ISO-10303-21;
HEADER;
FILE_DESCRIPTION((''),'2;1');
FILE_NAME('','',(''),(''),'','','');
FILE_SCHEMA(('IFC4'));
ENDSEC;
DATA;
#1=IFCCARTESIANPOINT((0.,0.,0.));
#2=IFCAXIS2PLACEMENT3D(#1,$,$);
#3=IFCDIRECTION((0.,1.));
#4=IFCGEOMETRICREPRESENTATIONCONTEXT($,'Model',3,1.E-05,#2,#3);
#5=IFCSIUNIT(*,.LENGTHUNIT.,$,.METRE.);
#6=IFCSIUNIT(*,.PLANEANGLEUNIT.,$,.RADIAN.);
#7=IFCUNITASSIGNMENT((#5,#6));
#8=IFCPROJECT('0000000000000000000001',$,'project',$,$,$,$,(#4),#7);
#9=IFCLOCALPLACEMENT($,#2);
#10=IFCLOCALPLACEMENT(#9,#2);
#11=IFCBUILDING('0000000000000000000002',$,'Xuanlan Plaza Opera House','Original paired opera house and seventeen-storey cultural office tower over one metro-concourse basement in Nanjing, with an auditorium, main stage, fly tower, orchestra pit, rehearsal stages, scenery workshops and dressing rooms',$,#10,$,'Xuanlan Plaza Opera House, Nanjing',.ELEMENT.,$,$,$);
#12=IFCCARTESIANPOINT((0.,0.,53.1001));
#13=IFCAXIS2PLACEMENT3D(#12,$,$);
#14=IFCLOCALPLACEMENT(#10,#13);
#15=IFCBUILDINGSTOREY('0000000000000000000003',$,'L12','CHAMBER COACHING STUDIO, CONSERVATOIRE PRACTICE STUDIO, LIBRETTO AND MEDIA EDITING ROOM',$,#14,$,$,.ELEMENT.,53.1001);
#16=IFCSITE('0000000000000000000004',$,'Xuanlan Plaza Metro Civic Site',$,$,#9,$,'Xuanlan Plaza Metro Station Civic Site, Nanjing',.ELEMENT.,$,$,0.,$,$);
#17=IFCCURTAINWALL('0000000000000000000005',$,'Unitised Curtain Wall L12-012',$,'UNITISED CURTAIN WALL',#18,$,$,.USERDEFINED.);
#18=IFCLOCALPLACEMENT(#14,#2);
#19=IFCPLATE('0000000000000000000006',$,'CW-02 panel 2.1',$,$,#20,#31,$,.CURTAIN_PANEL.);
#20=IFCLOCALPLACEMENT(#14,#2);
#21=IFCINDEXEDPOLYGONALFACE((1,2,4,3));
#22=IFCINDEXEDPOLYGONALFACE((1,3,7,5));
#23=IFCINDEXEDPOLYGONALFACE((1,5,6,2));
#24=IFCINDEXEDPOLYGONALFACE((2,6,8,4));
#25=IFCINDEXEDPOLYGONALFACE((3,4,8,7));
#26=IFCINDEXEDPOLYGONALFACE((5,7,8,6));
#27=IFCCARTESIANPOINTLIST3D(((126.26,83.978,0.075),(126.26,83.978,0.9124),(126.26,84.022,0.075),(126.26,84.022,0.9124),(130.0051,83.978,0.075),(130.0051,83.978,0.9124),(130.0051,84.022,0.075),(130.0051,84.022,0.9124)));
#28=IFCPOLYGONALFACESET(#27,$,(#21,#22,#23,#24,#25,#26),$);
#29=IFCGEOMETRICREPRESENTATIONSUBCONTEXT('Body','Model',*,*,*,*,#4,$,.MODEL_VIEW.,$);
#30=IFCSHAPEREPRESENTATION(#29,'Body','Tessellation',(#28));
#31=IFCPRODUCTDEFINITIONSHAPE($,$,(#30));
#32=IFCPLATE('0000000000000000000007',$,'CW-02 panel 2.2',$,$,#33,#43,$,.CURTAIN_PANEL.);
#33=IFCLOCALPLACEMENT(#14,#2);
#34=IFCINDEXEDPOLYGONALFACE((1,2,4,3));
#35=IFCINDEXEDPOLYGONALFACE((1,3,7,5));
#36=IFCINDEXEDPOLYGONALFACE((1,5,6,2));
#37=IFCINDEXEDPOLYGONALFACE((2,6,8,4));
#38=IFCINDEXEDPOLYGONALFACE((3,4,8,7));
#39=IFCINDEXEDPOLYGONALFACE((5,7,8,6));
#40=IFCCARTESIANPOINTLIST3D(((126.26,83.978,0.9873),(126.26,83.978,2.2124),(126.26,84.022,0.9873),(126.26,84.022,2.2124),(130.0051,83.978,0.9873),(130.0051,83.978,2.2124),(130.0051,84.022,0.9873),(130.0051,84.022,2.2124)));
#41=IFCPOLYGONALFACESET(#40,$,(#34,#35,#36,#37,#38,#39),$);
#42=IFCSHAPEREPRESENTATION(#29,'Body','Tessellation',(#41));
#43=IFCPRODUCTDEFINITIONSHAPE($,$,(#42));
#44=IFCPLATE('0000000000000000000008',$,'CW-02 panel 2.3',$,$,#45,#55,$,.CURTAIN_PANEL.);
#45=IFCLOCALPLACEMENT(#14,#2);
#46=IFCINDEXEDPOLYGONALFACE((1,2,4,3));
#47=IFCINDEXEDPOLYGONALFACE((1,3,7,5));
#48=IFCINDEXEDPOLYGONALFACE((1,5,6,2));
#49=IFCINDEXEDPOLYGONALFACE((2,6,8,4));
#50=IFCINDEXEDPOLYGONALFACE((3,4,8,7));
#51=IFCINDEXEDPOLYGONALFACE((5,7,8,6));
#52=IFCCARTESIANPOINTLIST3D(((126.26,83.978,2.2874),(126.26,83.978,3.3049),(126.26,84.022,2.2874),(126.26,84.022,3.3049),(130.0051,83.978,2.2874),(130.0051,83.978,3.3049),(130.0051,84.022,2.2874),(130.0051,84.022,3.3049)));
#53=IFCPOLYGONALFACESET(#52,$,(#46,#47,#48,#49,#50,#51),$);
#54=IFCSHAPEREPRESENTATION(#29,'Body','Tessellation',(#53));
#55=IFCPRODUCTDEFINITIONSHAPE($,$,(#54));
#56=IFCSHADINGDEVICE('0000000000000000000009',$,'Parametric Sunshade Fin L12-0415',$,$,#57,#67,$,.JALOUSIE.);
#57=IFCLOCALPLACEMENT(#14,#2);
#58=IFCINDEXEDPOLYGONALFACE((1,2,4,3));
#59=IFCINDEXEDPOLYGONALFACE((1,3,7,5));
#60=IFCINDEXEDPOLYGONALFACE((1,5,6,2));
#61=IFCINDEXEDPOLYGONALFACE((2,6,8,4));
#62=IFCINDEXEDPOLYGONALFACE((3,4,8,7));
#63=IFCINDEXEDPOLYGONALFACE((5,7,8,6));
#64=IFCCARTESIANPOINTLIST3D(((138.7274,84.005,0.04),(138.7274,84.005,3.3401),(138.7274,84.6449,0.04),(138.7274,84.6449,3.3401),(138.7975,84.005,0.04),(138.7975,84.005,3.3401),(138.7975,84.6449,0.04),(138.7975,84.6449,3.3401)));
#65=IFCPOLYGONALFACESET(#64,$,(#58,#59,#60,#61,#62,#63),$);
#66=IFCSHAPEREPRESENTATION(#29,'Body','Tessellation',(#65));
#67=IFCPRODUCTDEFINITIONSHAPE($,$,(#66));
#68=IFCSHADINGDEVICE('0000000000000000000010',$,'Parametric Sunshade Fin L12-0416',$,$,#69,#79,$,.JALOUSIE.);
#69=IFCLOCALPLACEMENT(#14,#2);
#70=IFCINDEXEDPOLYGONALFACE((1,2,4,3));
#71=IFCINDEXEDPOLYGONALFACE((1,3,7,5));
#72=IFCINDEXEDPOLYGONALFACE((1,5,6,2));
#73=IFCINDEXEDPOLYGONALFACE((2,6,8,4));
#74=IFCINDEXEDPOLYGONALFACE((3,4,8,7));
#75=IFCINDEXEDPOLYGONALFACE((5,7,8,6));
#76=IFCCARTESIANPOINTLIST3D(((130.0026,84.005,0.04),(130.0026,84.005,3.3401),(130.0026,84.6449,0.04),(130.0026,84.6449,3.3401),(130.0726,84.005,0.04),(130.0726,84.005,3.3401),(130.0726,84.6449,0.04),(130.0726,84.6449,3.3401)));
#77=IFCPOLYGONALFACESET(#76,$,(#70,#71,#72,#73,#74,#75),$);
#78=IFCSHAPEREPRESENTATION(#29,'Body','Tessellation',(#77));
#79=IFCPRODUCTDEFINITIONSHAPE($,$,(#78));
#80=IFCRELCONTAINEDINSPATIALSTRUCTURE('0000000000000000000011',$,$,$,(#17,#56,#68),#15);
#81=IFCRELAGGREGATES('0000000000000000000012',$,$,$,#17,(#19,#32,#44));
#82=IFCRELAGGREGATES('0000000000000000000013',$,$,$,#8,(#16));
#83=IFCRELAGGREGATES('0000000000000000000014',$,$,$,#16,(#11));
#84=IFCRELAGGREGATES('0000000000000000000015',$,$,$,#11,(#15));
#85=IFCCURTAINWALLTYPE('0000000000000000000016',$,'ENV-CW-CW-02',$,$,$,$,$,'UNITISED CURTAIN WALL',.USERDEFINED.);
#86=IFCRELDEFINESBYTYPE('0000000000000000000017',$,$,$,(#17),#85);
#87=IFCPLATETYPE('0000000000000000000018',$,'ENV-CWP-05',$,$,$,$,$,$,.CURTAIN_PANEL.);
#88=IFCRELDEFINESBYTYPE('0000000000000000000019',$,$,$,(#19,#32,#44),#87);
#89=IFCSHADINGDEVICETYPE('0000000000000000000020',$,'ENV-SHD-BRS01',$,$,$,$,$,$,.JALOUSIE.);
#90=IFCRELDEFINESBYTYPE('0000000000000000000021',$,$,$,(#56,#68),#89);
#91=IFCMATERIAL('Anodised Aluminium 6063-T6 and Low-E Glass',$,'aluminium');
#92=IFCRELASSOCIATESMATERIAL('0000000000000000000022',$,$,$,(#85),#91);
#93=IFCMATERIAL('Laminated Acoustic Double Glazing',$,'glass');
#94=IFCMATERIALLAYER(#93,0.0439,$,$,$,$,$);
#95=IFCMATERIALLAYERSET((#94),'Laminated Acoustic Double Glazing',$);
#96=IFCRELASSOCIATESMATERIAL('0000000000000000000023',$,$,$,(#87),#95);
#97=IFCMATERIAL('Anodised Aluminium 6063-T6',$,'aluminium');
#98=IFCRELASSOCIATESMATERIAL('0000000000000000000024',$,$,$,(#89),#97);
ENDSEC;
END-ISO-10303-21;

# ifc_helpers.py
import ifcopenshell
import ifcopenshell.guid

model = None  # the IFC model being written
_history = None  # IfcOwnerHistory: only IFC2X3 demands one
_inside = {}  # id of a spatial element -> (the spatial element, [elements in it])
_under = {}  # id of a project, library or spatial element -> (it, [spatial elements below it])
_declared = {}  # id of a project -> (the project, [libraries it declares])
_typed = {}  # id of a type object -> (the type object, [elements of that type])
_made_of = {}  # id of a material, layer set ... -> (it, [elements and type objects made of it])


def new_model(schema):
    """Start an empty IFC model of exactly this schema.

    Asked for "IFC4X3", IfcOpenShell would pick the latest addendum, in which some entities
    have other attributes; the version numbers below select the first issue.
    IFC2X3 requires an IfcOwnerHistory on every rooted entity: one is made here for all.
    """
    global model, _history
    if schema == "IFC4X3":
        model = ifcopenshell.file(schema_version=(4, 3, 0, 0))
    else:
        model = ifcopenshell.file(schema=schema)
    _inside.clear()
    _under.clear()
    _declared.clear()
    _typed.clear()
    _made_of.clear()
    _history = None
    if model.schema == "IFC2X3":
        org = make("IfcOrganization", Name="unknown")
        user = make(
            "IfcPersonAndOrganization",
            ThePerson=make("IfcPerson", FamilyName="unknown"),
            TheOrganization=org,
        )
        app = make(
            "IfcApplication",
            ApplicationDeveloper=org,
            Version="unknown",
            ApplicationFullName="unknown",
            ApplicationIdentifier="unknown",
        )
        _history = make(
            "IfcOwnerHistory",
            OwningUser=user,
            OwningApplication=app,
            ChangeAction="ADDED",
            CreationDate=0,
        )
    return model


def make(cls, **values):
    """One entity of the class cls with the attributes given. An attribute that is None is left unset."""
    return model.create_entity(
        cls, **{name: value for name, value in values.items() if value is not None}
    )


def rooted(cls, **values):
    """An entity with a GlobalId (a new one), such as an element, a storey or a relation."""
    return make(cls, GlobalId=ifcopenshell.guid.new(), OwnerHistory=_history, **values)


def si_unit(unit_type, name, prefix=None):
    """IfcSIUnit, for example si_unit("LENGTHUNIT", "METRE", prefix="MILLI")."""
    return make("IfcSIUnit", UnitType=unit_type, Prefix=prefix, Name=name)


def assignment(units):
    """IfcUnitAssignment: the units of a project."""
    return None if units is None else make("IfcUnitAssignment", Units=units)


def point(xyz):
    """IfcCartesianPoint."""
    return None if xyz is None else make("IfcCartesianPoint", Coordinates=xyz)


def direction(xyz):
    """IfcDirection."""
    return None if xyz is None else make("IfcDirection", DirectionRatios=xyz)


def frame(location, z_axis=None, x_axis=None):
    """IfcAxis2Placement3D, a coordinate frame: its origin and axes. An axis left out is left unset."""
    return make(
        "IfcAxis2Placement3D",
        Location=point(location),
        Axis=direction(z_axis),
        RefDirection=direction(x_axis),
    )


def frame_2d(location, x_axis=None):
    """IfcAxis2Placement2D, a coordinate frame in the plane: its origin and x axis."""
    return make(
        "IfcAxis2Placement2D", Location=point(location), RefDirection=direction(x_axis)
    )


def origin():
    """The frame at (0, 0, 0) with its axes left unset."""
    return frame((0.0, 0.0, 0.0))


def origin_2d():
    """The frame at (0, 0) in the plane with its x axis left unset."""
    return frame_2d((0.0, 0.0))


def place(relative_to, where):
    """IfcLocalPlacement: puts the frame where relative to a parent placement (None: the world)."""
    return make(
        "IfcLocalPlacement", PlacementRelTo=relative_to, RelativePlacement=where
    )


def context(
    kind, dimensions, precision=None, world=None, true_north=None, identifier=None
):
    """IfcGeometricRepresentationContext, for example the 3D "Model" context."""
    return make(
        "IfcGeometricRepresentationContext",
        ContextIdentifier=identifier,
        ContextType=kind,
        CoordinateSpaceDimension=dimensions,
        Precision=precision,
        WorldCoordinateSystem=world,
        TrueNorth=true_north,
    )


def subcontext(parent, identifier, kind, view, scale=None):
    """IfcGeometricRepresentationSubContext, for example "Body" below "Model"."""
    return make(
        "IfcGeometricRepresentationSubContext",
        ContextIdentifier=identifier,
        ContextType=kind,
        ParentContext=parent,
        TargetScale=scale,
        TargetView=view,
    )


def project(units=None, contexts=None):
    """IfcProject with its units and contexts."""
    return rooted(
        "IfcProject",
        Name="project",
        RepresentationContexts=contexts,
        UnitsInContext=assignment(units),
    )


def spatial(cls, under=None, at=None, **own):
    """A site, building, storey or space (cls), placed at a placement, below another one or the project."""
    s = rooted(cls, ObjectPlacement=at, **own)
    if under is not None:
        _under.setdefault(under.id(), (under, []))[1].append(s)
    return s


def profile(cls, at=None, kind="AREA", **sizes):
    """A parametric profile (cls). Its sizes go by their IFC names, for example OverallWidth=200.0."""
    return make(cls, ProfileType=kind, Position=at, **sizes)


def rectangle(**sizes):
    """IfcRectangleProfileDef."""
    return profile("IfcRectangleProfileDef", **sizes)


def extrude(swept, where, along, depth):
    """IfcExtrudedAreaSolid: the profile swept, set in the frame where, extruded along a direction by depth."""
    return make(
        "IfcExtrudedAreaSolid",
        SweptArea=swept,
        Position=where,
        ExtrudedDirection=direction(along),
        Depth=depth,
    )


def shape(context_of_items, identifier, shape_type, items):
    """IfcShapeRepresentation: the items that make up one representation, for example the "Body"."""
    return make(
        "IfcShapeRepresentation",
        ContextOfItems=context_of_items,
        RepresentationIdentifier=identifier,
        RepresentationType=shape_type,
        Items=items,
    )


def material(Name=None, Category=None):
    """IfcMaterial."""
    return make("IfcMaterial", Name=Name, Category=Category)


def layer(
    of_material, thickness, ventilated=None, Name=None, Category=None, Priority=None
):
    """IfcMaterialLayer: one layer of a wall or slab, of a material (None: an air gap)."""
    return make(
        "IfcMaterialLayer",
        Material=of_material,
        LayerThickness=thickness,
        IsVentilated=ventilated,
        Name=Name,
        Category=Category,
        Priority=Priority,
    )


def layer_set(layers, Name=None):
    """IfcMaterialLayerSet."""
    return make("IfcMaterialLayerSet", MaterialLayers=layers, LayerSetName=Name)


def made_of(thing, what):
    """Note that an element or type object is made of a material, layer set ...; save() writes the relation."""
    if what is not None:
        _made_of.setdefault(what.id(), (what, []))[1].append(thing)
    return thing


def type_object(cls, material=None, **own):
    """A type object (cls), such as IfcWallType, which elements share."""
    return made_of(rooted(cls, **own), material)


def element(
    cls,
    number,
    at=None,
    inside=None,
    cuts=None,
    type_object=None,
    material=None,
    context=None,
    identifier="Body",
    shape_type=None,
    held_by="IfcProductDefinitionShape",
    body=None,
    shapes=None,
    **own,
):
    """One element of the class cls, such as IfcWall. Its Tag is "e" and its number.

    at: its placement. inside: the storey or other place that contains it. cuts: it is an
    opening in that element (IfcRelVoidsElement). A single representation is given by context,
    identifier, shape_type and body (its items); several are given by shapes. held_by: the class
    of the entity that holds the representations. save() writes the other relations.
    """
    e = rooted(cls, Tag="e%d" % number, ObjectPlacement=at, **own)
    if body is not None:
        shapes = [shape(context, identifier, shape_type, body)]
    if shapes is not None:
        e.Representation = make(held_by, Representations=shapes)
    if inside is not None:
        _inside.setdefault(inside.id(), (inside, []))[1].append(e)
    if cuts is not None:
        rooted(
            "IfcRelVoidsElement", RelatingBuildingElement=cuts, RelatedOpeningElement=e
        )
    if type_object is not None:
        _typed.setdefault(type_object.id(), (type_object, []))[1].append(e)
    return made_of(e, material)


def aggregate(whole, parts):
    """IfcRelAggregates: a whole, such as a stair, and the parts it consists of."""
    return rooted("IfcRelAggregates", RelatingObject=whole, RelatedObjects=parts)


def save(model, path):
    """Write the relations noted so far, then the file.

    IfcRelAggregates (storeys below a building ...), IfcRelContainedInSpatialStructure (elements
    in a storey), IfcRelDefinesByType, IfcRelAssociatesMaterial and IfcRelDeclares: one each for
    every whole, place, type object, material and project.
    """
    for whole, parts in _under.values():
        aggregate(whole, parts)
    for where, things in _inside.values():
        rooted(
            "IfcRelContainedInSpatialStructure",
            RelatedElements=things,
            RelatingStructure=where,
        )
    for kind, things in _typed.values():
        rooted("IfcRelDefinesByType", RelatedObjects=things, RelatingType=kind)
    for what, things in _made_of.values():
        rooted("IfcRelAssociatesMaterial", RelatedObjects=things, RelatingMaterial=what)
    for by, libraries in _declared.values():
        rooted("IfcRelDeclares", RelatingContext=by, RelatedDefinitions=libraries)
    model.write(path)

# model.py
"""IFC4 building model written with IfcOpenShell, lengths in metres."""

from ifc_helpers import new_model, si_unit, direction, frame, origin, origin_2d, place, context, subcontext, project, spatial, rectangle, extrude, material, layer, layer_set, type_object, element, aggregate, save


model = new_model("IFC4")

# Units and contexts
model_context = context("Model", 3, precision=1e-05, world=origin(), true_north=direction((0.0, 1.0)))
body_context = subcontext(model_context, "Body", "Model", "MODEL_VIEW")
ifc_project = project(units=[si_unit("LENGTHUNIT", "METRE"), si_unit("PLANEANGLEUNIT", "RADIAN")], contexts=[model_context])

# Site, building, storey
site_placement = place(None, origin())
site = spatial("IfcSite", under=ifc_project, at=site_placement, Name="Xuanlan Plaza Metro Civic Site", LongName="Xuanlan Plaza Metro Station Civic Site, Nanjing", CompositionType="ELEMENT", RefElevation=0.0)
building_placement = place(site_placement, origin())
building = spatial("IfcBuilding", under=site, at=building_placement, Name="Xuanlan Plaza Opera House", Description="Original paired opera house and seventeen-storey cultural office tower over one metro-concourse basement in Nanjing, with an auditorium, main stage, fly tower, orchestra pit, rehearsal stages, scenery workshops and dressing rooms", LongName="Xuanlan Plaza Opera House, Nanjing", CompositionType="ELEMENT")
storey_placement = place(building_placement, frame((0.0, 0.0, 53.1001)))
storey = spatial("IfcBuildingStorey", under=building, at=storey_placement, Name="L12", Description="CHAMBER COACHING STUDIO, CONSERVATOIRE PRACTICE STUDIO, LIBRETTO AND MEDIA EDITING ROOM", CompositionType="ELEMENT", Elevation=53.1001)

# Curtain wall
ifc_material_1 = material(Name="Anodised Aluminium 6063-T6 and Low-E Glass", Category="aluminium")
curtain_wall_type_1 = type_object("IfcCurtainWallType", Name="ENV-CW-CW-02", ElementType="UNITISED CURTAIN WALL", PredefinedType="USERDEFINED", material=ifc_material_1)
curtain_wall_1_placement = place(storey_placement, origin())
curtain_wall_1 = element("IfcCurtainWall", 1, at=curtain_wall_1_placement, inside=storey, type_object=curtain_wall_type_1, Name="Unitised Curtain Wall L12-012", ObjectType="UNITISED CURTAIN WALL", PredefinedType="USERDEFINED")
ifc_material_2 = material(Name="Anodised Aluminium 6063-T6", Category="aluminium")

# Plates
ifc_material_3 = material(Name="Laminated Acoustic Double Glazing", Category="glass")
ifc_layer_1 = layer(ifc_material_3, 0.0439)
ifc_layer_set_1 = layer_set([ifc_layer_1], Name="Laminated Acoustic Double Glazing")
plate_type_1 = type_object("IfcPlateType", Name="ENV-CWP-05", PredefinedType="CURTAIN_PANEL", material=ifc_layer_set_1)
plate_1_placement = place(storey_placement, frame((128.1326, 84.0, 0.075), z_axis=(0.0, 0.0, 1.0), x_axis=(-1.0, 0.0, 0.0)))
plate_1 = element("IfcPlate", 2, at=plate_1_placement, type_object=plate_type_1, Name="CW-02 panel 2.1", PredefinedType="CURTAIN_PANEL", context=body_context, shape_type="SweptSolid", body=[
    extrude(rectangle(XDim=3.7451, YDim=0.0439, at=origin_2d()), origin(), (0.0, 0.0, 1.0), 0.8374),
])
plate_2_placement = place(storey_placement, frame((128.1326, 84.0, 0.9873), z_axis=(0.0, 0.0, 1.0), x_axis=(-1.0, 0.0, 0.0)))
plate_2 = element("IfcPlate", 3, at=plate_2_placement, type_object=plate_type_1, Name="CW-02 panel 2.2", PredefinedType="CURTAIN_PANEL", context=body_context, shape_type="SweptSolid", body=[
    extrude(rectangle(XDim=3.7451, YDim=0.0439, at=origin_2d()), origin(), (0.0, 0.0, 1.0), 1.2251),
])
plate_3_placement = place(storey_placement, frame((128.1326, 84.0, 2.2874), z_axis=(0.0, 0.0, 1.0), x_axis=(-1.0, 0.0, 0.0)))
plate_3 = element("IfcPlate", 4, at=plate_3_placement, type_object=plate_type_1, Name="CW-02 panel 2.3", PredefinedType="CURTAIN_PANEL", context=body_context, shape_type="SweptSolid", body=[
    extrude(rectangle(XDim=3.7451, YDim=0.0439, at=origin_2d()), origin(), (0.0, 0.0, 1.0), 1.0176),
])
aggregate(curtain_wall_1, [plate_1, plate_2, plate_3])

# Shading devices
shading_device_type = type_object("IfcShadingDeviceType", Name="ENV-SHD-BRS01", PredefinedType="JALOUSIE", material=ifc_material_2)
for number, where, z_axis, x_axis, name in (
    (5, (138.7625, 84.325, 0.04), (0.0, 0.0, 1.0), (0.0, 1.0, 0.0), "Parametric Sunshade Fin L12-0415"),
    (6, (130.0376, 84.325, 0.04), (0.0, 0.0, 1.0), (0.0, 1.0, 0.0), "Parametric Sunshade Fin L12-0416"),
):
    element("IfcShadingDevice", number, at=place(storey_placement, frame(where, z_axis=z_axis, x_axis=x_axis)), inside=storey, type_object=shading_device_type, Name=name, PredefinedType="JALOUSIE", context=body_context, shape_type="SweptSolid", body=[
        extrude(rectangle(XDim=0.6399, YDim=0.0701, at=origin_2d()), origin(), (0.0, 0.0, 1.0), 3.3),
    ])

save(model, "model.ifc")
